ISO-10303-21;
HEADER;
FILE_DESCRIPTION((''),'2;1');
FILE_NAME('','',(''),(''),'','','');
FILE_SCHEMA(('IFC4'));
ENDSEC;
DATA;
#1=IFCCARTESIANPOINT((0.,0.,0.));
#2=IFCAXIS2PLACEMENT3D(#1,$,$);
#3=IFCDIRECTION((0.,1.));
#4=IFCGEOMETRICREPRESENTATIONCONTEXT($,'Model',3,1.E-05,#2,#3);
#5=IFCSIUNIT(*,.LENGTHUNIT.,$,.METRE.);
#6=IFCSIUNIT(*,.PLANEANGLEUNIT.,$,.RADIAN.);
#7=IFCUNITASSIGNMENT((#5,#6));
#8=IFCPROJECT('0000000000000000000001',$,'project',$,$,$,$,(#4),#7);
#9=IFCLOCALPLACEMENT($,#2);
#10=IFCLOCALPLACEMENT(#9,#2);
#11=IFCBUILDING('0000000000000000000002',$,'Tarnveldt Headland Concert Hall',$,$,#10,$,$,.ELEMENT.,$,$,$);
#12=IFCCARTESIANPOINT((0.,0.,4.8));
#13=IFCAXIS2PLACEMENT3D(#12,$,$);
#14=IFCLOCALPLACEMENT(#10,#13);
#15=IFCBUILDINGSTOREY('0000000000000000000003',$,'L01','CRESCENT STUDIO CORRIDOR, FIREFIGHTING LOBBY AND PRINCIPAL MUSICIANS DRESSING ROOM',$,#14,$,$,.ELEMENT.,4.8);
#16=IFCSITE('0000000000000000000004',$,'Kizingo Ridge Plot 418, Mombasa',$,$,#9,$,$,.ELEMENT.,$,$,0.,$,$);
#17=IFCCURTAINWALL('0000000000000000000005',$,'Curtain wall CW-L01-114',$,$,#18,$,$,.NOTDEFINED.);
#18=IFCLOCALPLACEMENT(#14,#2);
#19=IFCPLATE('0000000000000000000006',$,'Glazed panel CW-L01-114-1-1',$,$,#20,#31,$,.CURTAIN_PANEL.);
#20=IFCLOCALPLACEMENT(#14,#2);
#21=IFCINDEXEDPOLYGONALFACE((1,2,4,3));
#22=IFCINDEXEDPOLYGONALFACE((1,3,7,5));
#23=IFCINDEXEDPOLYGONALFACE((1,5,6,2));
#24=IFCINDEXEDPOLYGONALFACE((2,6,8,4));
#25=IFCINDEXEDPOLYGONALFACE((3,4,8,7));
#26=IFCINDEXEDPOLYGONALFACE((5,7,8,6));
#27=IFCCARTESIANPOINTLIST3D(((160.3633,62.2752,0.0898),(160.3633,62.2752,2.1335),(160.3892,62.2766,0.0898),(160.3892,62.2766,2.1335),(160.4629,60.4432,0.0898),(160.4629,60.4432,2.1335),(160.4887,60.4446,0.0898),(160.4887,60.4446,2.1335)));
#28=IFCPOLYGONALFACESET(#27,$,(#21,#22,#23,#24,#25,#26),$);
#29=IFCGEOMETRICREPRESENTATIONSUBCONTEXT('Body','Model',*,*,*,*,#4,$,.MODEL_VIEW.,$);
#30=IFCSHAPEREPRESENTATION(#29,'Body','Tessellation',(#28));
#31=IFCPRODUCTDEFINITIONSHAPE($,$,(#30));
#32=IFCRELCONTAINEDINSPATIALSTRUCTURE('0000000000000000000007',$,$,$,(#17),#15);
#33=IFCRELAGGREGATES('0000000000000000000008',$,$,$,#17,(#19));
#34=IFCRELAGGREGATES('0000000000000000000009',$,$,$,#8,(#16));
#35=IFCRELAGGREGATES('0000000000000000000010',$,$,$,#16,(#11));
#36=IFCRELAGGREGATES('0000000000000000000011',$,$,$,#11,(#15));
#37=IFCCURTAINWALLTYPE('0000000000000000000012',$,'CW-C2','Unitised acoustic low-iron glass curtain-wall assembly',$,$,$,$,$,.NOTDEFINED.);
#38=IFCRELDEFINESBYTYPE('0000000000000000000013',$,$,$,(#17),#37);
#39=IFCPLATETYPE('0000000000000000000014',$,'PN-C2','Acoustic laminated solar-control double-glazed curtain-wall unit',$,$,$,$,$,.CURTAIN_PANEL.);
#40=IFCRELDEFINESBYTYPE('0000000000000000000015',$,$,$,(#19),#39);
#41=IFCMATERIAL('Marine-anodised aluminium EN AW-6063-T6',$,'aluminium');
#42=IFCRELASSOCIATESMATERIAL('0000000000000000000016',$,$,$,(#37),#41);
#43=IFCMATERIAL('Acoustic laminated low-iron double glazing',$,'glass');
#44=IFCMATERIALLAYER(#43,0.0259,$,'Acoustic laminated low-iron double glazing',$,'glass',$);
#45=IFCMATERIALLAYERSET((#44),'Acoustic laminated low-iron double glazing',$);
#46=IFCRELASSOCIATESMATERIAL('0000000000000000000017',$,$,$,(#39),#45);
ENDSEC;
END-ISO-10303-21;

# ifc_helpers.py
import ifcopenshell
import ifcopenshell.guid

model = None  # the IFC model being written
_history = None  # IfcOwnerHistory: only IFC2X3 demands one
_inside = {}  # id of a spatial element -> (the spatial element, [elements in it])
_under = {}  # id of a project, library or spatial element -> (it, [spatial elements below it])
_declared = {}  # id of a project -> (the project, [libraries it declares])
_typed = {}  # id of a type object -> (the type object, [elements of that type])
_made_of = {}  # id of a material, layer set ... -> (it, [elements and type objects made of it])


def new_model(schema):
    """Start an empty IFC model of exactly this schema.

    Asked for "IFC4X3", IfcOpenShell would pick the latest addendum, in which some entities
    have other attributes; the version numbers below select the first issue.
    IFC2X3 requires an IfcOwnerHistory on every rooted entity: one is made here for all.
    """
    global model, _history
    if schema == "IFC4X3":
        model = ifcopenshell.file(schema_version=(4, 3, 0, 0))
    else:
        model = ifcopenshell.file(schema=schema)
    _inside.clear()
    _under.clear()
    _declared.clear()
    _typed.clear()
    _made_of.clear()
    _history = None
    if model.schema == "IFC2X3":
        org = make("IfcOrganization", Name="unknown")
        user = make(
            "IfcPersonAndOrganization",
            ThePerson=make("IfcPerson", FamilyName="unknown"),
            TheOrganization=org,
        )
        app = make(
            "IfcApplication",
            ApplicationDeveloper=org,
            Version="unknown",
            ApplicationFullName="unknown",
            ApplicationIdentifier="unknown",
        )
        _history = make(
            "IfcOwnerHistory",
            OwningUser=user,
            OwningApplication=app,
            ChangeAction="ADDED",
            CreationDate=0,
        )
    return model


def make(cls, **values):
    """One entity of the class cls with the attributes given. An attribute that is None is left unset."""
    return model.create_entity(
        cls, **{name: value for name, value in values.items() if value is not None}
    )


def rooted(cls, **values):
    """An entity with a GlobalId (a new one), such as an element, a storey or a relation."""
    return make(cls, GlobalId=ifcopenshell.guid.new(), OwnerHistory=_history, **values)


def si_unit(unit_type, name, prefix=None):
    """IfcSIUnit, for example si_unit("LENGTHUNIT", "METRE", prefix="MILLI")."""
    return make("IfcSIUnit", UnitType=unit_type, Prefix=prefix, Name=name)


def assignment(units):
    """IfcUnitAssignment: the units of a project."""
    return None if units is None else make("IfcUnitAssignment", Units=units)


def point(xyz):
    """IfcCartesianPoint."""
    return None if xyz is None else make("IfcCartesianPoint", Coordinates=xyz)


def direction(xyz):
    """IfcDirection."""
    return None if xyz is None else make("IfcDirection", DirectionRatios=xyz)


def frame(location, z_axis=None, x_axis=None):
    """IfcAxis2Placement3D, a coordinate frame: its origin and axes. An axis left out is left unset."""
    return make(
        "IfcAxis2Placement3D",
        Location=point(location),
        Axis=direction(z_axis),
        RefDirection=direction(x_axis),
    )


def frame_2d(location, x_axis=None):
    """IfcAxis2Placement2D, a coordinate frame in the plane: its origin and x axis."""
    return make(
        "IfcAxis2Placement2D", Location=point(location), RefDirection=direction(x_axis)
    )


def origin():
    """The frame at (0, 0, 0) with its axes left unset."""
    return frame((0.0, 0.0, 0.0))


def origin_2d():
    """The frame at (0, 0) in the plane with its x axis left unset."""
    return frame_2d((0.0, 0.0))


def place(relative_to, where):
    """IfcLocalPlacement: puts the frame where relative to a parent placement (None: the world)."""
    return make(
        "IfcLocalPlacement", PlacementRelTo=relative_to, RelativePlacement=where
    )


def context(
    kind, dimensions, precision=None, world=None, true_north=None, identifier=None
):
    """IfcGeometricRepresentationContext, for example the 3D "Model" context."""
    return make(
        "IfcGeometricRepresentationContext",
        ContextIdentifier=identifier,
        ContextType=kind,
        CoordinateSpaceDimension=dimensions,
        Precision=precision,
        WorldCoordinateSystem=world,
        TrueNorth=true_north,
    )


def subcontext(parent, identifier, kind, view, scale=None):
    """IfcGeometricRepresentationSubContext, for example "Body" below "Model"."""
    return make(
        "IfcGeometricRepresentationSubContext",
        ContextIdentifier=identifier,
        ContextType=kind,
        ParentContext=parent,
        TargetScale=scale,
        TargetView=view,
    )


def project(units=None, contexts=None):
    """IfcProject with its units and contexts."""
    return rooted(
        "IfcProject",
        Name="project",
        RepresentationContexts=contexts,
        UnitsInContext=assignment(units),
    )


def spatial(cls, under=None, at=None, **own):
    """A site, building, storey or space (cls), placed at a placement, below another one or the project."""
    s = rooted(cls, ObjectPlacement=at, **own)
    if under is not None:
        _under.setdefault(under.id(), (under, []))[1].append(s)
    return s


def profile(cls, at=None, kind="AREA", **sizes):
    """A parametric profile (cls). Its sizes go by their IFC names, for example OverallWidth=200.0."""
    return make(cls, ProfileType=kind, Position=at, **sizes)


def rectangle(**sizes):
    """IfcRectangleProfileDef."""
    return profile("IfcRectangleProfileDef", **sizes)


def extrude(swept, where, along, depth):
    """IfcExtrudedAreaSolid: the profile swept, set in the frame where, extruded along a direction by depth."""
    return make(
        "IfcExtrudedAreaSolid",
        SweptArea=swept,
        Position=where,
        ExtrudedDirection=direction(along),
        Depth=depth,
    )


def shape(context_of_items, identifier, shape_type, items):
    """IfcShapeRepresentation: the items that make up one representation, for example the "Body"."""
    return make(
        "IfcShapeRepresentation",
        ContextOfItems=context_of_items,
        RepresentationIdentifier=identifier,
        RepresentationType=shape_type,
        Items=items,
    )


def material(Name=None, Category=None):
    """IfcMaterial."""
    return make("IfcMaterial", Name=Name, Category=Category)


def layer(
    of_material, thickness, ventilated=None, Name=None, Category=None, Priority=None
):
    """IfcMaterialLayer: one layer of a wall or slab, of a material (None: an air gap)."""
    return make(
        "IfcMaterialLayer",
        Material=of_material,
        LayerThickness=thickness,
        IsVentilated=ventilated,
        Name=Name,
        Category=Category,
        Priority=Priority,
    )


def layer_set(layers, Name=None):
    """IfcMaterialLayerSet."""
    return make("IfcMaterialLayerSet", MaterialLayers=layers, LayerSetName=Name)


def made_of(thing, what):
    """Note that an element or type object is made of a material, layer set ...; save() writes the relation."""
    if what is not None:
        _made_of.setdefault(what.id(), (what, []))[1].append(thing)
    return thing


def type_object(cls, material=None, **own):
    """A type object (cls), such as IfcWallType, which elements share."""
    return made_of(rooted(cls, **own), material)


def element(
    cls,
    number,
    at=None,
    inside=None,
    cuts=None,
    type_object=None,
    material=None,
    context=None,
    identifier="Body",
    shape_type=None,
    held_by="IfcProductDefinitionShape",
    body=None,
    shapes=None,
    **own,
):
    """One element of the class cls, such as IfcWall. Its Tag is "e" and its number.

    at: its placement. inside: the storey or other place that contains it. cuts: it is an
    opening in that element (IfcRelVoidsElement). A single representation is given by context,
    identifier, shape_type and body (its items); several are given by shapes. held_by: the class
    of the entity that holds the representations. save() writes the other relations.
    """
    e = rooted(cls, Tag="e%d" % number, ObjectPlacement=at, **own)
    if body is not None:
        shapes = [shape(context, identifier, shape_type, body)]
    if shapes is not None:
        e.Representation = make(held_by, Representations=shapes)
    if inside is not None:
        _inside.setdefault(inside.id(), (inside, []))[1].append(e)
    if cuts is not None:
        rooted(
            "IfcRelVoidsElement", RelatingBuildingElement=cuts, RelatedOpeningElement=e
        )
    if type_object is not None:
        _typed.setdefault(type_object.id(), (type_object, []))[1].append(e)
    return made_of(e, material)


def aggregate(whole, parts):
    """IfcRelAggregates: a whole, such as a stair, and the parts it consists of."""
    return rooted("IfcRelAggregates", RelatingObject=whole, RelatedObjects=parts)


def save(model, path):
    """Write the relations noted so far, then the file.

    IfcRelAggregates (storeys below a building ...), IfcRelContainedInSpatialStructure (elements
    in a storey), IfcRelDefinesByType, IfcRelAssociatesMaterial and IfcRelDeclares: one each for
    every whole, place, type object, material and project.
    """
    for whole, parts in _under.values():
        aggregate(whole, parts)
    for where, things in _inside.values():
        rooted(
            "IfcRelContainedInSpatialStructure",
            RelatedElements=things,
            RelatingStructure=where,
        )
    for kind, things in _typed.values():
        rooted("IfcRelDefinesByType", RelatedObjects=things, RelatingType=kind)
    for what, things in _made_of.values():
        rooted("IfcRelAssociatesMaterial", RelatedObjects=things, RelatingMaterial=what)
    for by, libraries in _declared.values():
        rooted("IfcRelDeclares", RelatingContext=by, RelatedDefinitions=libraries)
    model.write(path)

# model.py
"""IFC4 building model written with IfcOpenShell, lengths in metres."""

from ifc_helpers import new_model, si_unit, direction, frame, origin, origin_2d, place, context, subcontext, project, spatial, rectangle, extrude, material, layer, layer_set, type_object, element, aggregate, save


model = new_model("IFC4")

# Units and contexts
model_context = context("Model", 3, precision=1e-05, world=origin(), true_north=direction((0.0, 1.0)))
body_context = subcontext(model_context, "Body", "Model", "MODEL_VIEW")
ifc_project = project(units=[si_unit("LENGTHUNIT", "METRE"), si_unit("PLANEANGLEUNIT", "RADIAN")], contexts=[model_context])

# Site, building, storey
site_placement = place(None, origin())
site = spatial("IfcSite", under=ifc_project, at=site_placement, Name="Kizingo Ridge Plot 418, Mombasa", CompositionType="ELEMENT", RefElevation=0.0)
building_placement = place(site_placement, origin())
building = spatial("IfcBuilding", under=site, at=building_placement, Name="Tarnveldt Headland Concert Hall", CompositionType="ELEMENT")
storey_placement = place(building_placement, frame((0.0, 0.0, 4.8)))
storey = spatial("IfcBuildingStorey", under=building, at=storey_placement, Name="L01", Description="CRESCENT STUDIO CORRIDOR, FIREFIGHTING LOBBY AND PRINCIPAL MUSICIANS DRESSING ROOM", CompositionType="ELEMENT", Elevation=4.8)

# Shared definitions
ifc_material_1 = material(Name="Marine-anodised aluminium EN AW-6063-T6", Category="aluminium")
curtain_wall_type = type_object("IfcCurtainWallType", Name="CW-C2", Description="Unitised acoustic low-iron glass curtain-wall assembly", PredefinedType="NOTDEFINED", material=ifc_material_1)

# Curtain wall
curtain_wall_1_placement = place(storey_placement, origin())
curtain_wall_1 = element("IfcCurtainWall", 1, at=curtain_wall_1_placement, inside=storey, type_object=curtain_wall_type, Name="Curtain wall CW-L01-114", PredefinedType="NOTDEFINED")

# Plate
ifc_material_2 = material(Name="Acoustic laminated low-iron double glazing", Category="glass")
ifc_layer = layer(ifc_material_2, 0.0259, Name="Acoustic laminated low-iron double glazing", Category="glass")
ifc_layer_set = layer_set([ifc_layer], Name="Acoustic laminated low-iron double glazing")
plate_type = type_object("IfcPlateType", Name="PN-C2", Description="Acoustic laminated solar-control double-glazed curtain-wall unit", PredefinedType="CURTAIN_PANEL", material=ifc_layer_set)
plate_1_placement = place(storey_placement, frame((160.426, 61.3599, 0.0898), z_axis=(0.0, 0.0, 1.0), x_axis=(-0.054253, 0.998527, 0.0)))
plate_1 = element("IfcPlate", 2, at=plate_1_placement, type_object=plate_type, Name="Glazed panel CW-L01-114-1-1", PredefinedType="CURTAIN_PANEL", context=body_context, shape_type="SweptSolid", body=[
    extrude(rectangle(XDim=1.8347, YDim=0.0259, at=origin_2d()), origin(), (0.0, 0.0, 1.0), 2.0437),
])
aggregate(curtain_wall_1, [plate_1])

save(model, "model.ifc")
